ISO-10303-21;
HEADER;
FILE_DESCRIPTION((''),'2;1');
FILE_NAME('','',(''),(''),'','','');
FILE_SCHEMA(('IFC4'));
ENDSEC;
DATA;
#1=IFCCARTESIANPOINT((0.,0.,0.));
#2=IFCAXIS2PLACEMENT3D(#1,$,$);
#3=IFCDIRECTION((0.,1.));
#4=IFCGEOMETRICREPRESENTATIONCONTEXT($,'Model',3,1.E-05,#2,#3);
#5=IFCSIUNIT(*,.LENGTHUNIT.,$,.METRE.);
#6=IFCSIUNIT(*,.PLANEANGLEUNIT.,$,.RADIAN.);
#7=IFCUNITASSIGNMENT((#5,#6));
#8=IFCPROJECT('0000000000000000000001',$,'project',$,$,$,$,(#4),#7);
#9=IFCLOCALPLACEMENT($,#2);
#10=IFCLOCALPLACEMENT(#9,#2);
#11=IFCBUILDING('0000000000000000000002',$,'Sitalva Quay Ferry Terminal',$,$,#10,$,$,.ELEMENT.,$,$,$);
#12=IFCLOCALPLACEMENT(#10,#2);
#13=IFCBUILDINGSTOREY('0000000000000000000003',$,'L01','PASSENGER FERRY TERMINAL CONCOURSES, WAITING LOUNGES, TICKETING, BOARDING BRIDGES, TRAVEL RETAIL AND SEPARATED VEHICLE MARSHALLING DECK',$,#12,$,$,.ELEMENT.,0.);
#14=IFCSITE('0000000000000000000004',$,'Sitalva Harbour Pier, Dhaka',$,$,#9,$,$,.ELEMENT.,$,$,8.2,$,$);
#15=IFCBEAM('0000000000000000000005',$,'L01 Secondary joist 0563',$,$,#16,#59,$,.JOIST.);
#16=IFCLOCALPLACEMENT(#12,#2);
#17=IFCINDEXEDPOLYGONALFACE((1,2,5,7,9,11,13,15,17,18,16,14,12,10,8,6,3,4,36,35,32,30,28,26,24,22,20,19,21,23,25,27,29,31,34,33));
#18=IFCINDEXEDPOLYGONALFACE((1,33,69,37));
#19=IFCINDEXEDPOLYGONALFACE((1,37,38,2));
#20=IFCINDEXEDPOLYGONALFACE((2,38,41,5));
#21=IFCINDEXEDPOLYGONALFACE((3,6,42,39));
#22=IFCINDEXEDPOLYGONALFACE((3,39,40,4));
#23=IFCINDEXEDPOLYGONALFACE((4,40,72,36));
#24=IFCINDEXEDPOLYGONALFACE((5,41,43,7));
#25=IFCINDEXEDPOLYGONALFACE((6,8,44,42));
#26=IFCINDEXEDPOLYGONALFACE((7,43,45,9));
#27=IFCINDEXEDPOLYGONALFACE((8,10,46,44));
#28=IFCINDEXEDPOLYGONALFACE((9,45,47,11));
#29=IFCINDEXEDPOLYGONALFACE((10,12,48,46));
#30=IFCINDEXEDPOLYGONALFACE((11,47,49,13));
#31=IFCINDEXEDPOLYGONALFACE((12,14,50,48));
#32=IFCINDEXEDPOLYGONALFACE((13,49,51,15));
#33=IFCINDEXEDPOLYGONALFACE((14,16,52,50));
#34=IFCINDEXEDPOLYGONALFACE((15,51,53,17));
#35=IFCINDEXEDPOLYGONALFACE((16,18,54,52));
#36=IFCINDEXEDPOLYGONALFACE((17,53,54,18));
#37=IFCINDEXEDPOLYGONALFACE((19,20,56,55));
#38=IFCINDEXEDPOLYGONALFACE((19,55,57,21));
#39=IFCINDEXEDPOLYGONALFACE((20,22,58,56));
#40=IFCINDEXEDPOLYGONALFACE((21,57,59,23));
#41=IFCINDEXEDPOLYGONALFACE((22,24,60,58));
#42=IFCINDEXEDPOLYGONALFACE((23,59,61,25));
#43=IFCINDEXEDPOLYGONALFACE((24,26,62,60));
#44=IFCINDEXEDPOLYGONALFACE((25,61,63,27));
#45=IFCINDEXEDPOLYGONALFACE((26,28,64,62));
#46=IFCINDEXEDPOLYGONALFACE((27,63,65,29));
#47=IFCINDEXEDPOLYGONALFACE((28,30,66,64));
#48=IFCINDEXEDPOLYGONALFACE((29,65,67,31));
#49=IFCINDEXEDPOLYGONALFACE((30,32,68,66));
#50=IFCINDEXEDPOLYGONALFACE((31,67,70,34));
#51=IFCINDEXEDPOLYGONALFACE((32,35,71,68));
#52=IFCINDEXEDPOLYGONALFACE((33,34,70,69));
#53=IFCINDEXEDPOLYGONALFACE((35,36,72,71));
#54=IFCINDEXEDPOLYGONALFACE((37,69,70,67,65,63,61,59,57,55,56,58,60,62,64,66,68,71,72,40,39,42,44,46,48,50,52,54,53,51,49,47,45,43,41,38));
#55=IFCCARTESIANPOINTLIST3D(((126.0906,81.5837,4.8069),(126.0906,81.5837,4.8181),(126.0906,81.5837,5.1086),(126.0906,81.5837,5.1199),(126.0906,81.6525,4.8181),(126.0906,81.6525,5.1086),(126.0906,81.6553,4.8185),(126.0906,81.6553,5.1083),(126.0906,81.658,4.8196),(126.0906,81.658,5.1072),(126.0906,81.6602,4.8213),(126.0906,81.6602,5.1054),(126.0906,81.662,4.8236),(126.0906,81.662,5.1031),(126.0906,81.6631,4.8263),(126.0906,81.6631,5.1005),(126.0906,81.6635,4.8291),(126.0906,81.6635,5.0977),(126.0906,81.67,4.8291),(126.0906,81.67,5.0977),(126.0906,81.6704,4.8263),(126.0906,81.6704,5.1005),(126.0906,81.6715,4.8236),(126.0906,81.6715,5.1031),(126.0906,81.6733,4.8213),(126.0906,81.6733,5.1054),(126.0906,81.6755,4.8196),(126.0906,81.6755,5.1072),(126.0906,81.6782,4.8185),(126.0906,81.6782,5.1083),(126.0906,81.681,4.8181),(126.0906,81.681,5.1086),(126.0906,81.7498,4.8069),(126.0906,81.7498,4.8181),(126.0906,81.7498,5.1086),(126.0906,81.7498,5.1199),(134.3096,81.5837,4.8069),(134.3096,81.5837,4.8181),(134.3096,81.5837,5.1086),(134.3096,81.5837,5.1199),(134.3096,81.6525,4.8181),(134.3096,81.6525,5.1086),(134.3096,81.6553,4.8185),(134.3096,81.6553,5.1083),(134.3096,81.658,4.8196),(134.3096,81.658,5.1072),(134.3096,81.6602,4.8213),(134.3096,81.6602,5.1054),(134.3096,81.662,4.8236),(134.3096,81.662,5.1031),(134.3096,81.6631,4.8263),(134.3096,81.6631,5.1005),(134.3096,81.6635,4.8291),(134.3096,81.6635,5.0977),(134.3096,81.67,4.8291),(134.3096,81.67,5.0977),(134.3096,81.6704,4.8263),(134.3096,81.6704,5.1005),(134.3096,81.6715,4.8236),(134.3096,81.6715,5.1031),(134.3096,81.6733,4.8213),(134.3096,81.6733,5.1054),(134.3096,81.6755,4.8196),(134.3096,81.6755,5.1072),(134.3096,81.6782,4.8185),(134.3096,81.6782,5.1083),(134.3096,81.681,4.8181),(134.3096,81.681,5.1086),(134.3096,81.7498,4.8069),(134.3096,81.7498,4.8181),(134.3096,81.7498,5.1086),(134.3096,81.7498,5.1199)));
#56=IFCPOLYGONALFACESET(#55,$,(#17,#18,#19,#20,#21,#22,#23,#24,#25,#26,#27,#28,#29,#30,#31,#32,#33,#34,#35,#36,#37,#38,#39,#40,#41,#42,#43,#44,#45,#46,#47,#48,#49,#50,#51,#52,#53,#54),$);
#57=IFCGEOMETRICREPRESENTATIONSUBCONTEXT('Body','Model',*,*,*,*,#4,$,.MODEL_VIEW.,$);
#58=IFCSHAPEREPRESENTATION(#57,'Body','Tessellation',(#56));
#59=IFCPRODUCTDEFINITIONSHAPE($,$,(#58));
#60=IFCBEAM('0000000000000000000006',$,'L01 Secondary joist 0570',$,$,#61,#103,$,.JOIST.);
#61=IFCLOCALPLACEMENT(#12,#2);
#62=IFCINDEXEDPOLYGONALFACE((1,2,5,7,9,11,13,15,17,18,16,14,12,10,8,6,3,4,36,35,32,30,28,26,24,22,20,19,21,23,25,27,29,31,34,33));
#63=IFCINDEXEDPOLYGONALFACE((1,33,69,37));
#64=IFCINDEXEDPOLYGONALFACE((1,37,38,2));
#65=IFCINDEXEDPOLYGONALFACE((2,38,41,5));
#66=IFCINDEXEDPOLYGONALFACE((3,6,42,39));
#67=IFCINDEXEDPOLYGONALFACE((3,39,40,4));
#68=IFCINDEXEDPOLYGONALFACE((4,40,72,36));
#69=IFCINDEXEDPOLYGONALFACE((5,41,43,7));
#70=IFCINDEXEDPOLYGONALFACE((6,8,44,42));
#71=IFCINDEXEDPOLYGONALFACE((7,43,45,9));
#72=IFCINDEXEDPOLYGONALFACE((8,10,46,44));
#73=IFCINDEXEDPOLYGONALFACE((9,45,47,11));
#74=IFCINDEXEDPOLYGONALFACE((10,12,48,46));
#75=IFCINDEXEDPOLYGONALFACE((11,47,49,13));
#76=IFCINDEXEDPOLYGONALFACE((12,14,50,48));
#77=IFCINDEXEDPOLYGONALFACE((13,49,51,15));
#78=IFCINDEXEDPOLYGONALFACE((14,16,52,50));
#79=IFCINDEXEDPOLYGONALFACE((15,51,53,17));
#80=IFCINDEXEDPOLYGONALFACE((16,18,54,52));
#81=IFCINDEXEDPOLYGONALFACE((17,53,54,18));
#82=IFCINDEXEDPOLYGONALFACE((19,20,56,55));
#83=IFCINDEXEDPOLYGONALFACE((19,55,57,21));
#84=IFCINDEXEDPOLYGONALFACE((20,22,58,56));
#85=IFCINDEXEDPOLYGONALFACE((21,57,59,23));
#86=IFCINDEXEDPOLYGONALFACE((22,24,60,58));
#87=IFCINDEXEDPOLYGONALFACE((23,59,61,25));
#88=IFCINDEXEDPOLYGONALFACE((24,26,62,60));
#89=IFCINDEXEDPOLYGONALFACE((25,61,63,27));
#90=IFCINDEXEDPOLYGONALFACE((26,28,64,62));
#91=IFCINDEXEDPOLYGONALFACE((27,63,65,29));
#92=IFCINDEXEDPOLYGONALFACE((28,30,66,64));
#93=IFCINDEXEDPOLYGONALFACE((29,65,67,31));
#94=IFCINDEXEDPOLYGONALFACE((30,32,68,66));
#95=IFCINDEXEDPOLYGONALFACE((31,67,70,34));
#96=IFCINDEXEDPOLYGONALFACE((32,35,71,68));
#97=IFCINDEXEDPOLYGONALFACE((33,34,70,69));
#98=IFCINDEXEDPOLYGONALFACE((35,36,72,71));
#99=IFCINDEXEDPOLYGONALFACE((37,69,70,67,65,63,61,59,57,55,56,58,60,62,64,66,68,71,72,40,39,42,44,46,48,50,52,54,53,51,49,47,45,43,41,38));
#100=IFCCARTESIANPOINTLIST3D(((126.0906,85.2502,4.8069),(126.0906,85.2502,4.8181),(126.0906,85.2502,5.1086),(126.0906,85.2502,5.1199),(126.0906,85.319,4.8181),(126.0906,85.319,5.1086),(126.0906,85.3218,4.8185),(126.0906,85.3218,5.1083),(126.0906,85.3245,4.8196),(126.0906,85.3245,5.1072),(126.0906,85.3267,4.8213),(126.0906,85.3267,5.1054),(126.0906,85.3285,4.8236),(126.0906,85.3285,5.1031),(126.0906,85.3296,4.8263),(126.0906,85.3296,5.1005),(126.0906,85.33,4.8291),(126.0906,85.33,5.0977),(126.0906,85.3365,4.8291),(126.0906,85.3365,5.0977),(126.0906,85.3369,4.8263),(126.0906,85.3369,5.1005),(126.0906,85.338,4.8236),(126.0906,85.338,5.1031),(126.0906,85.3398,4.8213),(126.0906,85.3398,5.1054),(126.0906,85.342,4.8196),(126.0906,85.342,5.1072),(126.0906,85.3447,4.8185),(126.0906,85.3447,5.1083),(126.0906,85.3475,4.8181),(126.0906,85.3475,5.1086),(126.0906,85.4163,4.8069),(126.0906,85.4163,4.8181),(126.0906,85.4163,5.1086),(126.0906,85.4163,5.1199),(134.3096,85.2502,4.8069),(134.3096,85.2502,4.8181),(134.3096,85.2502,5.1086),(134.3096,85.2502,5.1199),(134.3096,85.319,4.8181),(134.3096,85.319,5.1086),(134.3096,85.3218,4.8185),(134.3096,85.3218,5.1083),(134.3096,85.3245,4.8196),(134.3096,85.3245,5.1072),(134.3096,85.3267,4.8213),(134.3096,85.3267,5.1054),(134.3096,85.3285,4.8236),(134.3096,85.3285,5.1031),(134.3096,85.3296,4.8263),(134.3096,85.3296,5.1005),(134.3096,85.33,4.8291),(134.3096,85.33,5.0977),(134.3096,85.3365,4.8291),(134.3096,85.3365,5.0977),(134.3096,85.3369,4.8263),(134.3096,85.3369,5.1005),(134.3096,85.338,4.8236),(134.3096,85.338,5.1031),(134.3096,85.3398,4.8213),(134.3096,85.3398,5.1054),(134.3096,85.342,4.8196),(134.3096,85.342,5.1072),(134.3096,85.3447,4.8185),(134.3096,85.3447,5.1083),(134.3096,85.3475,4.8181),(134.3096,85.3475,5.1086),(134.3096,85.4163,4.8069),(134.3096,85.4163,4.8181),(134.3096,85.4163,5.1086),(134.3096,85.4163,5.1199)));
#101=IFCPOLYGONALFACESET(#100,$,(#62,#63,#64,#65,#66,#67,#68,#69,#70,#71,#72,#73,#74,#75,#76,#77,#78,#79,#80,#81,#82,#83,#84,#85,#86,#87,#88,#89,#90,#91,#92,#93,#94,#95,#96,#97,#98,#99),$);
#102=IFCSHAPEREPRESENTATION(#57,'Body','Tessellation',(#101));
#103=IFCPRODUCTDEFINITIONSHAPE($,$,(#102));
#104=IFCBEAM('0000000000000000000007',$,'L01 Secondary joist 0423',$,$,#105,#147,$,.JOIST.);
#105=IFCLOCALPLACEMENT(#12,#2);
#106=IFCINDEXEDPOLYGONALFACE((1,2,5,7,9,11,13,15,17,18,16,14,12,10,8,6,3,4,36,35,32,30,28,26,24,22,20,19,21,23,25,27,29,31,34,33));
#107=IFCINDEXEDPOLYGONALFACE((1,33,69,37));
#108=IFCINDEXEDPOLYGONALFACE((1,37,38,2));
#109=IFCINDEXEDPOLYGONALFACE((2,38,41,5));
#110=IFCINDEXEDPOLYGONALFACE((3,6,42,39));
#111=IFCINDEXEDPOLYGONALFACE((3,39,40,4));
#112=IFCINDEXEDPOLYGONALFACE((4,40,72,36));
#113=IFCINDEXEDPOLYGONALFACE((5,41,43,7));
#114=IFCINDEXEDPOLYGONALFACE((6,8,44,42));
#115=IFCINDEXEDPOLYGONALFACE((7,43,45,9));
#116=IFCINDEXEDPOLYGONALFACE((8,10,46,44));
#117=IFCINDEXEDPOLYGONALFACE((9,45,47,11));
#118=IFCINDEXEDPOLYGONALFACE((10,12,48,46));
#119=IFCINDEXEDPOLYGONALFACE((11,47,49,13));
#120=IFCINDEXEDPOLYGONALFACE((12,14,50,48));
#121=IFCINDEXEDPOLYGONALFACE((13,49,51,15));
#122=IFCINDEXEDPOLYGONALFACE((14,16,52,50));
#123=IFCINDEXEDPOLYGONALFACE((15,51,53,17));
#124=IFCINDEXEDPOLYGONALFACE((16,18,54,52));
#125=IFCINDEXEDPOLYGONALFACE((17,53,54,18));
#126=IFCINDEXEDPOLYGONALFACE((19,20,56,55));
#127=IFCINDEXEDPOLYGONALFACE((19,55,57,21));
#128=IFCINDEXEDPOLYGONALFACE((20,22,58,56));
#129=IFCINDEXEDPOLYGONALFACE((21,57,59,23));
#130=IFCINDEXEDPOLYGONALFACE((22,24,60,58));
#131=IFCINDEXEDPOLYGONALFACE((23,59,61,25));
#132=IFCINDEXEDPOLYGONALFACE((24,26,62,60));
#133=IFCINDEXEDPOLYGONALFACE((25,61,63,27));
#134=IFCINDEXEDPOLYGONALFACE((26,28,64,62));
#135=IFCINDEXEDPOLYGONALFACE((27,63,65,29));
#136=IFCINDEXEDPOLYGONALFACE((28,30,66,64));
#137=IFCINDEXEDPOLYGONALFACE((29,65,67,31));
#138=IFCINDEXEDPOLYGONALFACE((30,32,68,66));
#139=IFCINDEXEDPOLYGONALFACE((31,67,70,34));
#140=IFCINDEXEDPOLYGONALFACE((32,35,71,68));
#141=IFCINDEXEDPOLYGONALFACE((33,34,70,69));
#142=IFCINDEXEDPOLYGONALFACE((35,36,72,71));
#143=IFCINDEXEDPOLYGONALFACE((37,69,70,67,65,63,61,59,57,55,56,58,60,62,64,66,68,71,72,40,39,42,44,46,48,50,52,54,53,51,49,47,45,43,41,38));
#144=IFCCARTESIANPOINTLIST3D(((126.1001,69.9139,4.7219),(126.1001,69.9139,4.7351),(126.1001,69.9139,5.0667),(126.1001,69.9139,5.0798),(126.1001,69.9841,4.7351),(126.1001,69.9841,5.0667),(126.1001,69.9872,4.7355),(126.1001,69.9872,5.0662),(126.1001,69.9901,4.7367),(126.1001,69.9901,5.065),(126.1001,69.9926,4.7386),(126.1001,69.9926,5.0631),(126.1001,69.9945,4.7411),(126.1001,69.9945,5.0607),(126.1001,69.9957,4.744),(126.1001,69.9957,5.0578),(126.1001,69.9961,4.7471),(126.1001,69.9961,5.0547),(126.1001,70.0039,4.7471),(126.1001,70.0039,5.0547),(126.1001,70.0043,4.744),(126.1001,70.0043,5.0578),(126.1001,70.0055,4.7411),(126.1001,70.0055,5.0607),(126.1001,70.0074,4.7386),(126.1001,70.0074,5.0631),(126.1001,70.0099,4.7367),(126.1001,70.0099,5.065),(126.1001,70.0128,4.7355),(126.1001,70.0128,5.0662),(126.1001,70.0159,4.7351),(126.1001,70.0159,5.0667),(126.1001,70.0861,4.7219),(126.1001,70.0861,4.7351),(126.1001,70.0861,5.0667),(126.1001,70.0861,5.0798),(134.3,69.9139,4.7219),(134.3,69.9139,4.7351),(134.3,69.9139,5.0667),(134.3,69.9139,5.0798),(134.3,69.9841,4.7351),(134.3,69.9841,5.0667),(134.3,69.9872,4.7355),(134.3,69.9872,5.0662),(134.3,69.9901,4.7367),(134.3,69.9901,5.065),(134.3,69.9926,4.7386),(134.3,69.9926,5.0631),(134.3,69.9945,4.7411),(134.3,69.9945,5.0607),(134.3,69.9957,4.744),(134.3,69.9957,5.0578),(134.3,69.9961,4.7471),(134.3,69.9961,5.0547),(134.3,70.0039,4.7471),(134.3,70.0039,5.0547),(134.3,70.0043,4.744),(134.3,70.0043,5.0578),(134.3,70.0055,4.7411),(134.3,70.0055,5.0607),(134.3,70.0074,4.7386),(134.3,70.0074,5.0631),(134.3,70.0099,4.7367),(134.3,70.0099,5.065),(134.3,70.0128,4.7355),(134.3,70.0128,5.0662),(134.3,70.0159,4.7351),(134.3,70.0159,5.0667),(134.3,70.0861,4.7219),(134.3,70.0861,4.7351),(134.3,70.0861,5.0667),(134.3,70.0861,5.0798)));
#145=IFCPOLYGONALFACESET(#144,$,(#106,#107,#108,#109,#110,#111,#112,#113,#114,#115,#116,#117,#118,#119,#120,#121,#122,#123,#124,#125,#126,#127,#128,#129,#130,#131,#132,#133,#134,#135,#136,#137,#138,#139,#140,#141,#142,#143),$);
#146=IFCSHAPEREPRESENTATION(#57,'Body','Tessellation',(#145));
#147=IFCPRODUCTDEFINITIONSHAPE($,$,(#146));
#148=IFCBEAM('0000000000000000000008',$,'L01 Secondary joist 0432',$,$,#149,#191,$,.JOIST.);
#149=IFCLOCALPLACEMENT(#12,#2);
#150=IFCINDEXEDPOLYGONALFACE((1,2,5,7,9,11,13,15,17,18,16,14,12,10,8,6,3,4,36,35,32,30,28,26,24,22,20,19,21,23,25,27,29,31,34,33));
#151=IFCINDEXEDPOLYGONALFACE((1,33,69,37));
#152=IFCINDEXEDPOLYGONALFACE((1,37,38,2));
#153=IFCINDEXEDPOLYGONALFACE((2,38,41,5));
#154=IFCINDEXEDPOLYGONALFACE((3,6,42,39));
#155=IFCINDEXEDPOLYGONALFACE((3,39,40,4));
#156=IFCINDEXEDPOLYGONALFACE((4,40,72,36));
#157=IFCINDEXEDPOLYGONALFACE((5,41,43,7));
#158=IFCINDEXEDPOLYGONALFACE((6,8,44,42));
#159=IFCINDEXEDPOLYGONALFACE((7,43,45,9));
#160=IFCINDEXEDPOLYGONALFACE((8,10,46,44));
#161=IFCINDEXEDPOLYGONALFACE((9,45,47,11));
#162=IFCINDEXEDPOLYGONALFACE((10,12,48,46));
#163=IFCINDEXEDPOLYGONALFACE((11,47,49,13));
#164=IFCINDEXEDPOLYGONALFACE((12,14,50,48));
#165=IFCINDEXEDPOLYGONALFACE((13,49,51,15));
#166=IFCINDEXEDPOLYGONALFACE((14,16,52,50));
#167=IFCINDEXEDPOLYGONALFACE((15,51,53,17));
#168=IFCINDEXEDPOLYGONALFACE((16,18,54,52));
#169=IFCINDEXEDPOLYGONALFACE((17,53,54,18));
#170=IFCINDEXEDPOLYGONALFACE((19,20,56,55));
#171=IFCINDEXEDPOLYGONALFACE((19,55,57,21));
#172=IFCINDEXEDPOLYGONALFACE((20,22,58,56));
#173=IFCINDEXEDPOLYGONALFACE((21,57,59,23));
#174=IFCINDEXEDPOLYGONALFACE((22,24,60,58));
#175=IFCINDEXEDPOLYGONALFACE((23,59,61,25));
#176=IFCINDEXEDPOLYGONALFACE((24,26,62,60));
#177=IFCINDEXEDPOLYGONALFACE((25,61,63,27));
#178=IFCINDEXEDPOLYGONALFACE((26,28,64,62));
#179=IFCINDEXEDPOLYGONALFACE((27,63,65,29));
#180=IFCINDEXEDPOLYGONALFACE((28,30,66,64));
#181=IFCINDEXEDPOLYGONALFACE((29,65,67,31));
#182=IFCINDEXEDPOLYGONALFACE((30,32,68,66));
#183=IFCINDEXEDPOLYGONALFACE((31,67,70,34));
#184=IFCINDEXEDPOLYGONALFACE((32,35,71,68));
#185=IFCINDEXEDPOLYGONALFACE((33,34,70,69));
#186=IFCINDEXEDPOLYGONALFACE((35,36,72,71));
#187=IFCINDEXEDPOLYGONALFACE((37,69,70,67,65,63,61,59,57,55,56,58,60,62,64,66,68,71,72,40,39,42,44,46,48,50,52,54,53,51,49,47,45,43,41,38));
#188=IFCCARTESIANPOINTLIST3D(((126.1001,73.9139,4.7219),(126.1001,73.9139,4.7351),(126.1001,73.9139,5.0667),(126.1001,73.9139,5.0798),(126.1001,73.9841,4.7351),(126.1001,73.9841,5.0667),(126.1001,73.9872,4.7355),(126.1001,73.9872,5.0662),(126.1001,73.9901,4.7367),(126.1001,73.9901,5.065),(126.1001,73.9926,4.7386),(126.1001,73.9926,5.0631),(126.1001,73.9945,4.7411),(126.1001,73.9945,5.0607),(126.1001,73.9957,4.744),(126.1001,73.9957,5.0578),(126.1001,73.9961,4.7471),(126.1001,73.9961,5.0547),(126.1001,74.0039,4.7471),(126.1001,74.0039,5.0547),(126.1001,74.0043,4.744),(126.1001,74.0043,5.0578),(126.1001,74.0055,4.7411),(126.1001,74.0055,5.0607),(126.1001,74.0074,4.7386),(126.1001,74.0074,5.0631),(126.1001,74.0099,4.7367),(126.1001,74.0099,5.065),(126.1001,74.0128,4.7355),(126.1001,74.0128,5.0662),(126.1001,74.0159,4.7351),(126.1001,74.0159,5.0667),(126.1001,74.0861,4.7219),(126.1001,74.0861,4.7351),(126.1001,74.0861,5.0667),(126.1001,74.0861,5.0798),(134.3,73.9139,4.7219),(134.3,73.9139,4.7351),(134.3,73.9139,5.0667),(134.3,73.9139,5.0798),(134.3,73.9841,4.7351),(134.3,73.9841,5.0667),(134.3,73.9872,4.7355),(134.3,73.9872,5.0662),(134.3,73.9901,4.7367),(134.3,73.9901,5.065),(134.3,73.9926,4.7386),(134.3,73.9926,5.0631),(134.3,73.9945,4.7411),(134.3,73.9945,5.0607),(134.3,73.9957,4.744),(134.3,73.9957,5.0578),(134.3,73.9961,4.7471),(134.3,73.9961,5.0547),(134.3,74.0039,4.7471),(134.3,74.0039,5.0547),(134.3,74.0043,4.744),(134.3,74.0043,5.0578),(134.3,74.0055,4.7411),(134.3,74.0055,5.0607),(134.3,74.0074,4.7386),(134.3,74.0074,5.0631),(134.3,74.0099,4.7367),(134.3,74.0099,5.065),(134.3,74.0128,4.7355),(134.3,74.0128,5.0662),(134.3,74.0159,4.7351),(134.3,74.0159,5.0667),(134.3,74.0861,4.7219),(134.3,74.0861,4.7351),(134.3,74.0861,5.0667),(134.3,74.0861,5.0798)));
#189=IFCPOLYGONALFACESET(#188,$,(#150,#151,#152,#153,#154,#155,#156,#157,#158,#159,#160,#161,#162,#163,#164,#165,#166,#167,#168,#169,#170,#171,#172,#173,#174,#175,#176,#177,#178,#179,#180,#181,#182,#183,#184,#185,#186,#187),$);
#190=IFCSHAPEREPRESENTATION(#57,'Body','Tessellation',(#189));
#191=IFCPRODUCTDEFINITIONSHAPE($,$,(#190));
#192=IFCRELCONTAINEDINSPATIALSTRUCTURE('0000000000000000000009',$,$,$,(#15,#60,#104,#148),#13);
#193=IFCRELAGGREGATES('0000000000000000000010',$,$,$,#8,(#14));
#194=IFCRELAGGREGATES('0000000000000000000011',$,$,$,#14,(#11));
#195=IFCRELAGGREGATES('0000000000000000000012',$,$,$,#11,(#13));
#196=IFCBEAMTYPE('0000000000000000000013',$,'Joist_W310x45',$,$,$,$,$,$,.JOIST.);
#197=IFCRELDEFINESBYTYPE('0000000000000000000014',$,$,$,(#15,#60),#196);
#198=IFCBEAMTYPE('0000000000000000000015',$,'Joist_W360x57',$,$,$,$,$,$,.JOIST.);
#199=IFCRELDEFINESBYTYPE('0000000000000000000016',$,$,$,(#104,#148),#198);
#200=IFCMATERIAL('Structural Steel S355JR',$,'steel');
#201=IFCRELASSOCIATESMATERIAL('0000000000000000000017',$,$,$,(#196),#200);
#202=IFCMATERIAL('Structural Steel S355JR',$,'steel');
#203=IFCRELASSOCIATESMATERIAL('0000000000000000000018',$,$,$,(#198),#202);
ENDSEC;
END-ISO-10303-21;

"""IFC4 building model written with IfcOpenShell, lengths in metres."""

from ifc_helpers import new_model, si_unit, direction, frame, origin, origin_2d, place, context, subcontext, project, spatial, i_section, extrude, material, material_profile, profile_set, type_object, element, save


model = new_model("IFC4")

# Units and contexts
model_context = context("Model", 3, precision=1e-05, world=origin(), true_north=direction((0.0, 1.0)))
body_context = subcontext(model_context, "Body", "Model", "MODEL_VIEW")
ifc_project = project(units=[si_unit("LENGTHUNIT", "METRE"), si_unit("PLANEANGLEUNIT", "RADIAN")], contexts=[model_context])

# Site, building, storey
site_placement = place(None, origin())
site = spatial("IfcSite", under=ifc_project, at=site_placement, Name="Sitalva Harbour Pier, Dhaka", CompositionType="ELEMENT", RefElevation=8.2)
building_placement = place(site_placement, origin())
building = spatial("IfcBuilding", under=site, at=building_placement, Name="Sitalva Quay Ferry Terminal", CompositionType="ELEMENT")
storey_placement = place(building_placement, origin())
storey = spatial("IfcBuildingStorey", under=building, at=storey_placement, Name="L01", Description="PASSENGER FERRY TERMINAL CONCOURSES, WAITING LOUNGES, TICKETING, BOARDING BRIDGES, TRAVEL RETAIL AND SEPARATED VEHICLE MARSHALLING DECK", CompositionType="ELEMENT", Elevation=0.0)

# Beams
ifc_material_1 = material(Name="Structural Steel S355JR", Category="steel")
ifc_material_profile_1 = material_profile(ifc_material_1, i_section(OverallWidth=0.166, OverallDepth=0.313, WebThickness=0.0066, FlangeThickness=0.0112, FilletRadius=0.011, at=origin_2d()), Name="W310x45")
ifc_profile_set_1 = profile_set([ifc_material_profile_1], Name="Structural Steel S355JR")
beam_type_1 = type_object("IfcBeamType", Name="Joist_W310x45", PredefinedType="JOIST", material=ifc_profile_set_1)
for number, where, z_axis, x_axis, name in (
    (1, (126.0906, 81.6667, 4.9634), (1.0, 0.0, 0.0), (0.0, 1.0, 0.0), "L01 Secondary joist 0563"),
    (2, (126.0906, 85.3333, 4.9634), (1.0, 0.0, 0.0), (0.0, 1.0, 0.0), "L01 Secondary joist 0570"),
):
    element("IfcBeam", number, at=place(storey_placement, frame(where, z_axis=z_axis, x_axis=x_axis)), inside=storey, type_object=beam_type_1, Name=name, PredefinedType="JOIST", context=body_context, shape_type="SweptSolid", body=[
        extrude(i_section(OverallWidth=0.166, OverallDepth=0.313, WebThickness=0.0066, FlangeThickness=0.0112, FilletRadius=0.011, at=origin_2d()), origin(), (0.0, 0.0, 1.0), 8.219),
    ])
ifc_material_2 = material(Name="Structural Steel S355JR", Category="steel")
ifc_material_profile_2 = material_profile(ifc_material_2, i_section(OverallWidth=0.1721, OverallDepth=0.3579, WebThickness=0.0078, FlangeThickness=0.0132, FilletRadius=0.012, at=origin_2d()), Name="W360x57")
ifc_profile_set_2 = profile_set([ifc_material_profile_2], Name="Structural Steel S355JR")
beam_type_2 = type_object("IfcBeamType", Name="Joist_W360x57", PredefinedType="JOIST", material=ifc_profile_set_2)
for number, where, z_axis, x_axis, name in (
    (3, (126.1001, 70.0, 4.9009), (1.0, 0.0, 0.0), (0.0, 1.0, 0.0), "L01 Secondary joist 0423"),
    (4, (126.1001, 74.0, 4.9009), (1.0, 0.0, 0.0), (0.0, 1.0, 0.0), "L01 Secondary joist 0432"),
):
    element("IfcBeam", number, at=place(storey_placement, frame(where, z_axis=z_axis, x_axis=x_axis)), inside=storey, type_object=beam_type_2, Name=name, PredefinedType="JOIST", context=body_context, shape_type="SweptSolid", body=[
        extrude(i_section(OverallWidth=0.1721, OverallDepth=0.3579, WebThickness=0.0078, FlangeThickness=0.0132, FilletRadius=0.012, at=origin_2d()), origin(), (0.0, 0.0, 1.0), 8.2),
    ])

save(model, "model.ifc")
